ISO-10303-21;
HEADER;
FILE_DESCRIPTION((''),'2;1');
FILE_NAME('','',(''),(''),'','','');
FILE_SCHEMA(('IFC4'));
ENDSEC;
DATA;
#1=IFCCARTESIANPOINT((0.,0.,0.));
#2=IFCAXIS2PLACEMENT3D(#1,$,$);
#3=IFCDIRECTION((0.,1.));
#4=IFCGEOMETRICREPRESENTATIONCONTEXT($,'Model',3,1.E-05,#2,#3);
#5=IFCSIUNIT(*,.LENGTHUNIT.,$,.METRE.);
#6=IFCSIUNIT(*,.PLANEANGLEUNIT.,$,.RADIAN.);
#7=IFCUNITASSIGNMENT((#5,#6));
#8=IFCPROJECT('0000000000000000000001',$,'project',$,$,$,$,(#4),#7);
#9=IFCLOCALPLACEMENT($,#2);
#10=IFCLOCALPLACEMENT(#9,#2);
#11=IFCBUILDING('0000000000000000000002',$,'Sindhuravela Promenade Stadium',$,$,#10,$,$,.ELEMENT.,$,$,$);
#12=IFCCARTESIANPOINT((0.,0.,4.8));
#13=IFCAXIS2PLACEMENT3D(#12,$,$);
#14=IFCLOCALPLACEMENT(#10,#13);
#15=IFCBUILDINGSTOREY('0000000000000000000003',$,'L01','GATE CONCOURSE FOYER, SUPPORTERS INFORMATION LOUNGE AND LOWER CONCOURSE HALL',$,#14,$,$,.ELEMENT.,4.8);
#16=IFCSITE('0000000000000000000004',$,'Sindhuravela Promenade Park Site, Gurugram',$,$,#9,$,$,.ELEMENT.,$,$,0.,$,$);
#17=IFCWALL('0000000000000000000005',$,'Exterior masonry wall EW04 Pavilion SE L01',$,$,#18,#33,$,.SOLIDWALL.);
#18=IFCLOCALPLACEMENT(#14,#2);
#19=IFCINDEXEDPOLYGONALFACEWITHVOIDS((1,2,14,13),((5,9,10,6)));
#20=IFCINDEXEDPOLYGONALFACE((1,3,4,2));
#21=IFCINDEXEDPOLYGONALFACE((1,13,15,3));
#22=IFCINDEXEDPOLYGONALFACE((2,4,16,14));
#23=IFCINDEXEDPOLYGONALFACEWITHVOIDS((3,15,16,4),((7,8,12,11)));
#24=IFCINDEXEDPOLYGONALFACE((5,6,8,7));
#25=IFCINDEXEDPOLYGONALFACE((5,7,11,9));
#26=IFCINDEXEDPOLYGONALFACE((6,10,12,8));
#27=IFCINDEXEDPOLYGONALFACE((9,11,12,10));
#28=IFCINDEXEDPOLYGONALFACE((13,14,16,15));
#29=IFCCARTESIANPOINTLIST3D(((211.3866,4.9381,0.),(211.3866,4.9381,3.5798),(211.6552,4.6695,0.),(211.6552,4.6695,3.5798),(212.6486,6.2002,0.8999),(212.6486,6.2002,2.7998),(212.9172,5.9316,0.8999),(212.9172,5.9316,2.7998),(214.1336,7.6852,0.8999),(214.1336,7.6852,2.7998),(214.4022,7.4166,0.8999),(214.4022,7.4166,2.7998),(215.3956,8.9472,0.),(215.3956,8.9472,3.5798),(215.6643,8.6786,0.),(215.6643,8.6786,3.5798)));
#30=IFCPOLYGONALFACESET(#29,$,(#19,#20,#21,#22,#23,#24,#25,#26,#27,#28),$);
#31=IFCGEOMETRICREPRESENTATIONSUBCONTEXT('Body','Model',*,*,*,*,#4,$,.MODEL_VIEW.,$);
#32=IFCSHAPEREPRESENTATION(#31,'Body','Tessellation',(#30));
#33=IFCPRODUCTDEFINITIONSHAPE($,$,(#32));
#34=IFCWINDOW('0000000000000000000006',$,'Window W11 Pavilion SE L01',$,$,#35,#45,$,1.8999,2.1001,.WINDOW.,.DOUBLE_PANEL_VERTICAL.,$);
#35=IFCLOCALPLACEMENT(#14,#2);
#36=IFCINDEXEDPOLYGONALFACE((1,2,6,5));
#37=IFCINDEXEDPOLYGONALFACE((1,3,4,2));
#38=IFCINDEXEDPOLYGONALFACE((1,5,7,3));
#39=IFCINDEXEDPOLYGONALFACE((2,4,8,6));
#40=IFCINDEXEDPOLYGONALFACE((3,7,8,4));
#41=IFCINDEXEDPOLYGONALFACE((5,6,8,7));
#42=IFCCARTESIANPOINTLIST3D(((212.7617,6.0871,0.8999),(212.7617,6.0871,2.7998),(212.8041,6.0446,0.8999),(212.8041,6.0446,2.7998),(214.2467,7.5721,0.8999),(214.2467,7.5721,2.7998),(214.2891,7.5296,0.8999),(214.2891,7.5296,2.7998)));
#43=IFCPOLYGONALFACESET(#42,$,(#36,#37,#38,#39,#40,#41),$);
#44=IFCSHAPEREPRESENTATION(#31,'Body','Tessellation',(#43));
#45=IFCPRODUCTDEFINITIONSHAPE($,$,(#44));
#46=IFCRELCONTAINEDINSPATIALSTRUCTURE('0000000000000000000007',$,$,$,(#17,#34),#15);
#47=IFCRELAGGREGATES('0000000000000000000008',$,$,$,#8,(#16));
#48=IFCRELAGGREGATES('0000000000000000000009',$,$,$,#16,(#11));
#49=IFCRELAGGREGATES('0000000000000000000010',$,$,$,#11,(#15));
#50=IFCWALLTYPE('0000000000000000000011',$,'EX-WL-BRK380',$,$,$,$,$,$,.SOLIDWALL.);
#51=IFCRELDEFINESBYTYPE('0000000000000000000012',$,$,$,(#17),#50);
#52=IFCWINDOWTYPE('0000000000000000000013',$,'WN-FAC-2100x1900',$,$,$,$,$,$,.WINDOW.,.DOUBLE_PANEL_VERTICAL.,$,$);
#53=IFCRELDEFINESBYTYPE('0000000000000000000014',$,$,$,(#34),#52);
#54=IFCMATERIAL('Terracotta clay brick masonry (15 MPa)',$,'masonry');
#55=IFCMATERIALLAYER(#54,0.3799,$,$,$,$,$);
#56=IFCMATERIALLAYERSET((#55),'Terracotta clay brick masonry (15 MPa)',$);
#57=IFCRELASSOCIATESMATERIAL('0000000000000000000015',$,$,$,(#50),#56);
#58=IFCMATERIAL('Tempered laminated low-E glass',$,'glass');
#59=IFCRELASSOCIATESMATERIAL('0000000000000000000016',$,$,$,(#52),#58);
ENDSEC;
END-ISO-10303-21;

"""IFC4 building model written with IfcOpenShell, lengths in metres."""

from ifc_helpers import new_model, si_unit, direction, frame, frame_2d, origin, place, context, subcontext, project, spatial, rectangle, extrude, material, layer, layer_set, type_object, element, fill, save


model = new_model("IFC4")

# Units and contexts
model_context = context("Model", 3, precision=1e-05, world=origin(), true_north=direction((0.0, 1.0)))
body_context = subcontext(model_context, "Body", "Model", "MODEL_VIEW")
ifc_project = project(units=[si_unit("LENGTHUNIT", "METRE"), si_unit("PLANEANGLEUNIT", "RADIAN")], contexts=[model_context])

# Site, building, storey
site_placement = place(None, origin())
site = spatial("IfcSite", under=ifc_project, at=site_placement, Name="Sindhuravela Promenade Park Site, Gurugram", CompositionType="ELEMENT", RefElevation=0.0)
building_placement = place(site_placement, origin())
building = spatial("IfcBuilding", under=site, at=building_placement, Name="Sindhuravela Promenade Stadium", CompositionType="ELEMENT")
storey_placement = place(building_placement, frame((0.0, 0.0, 4.8)))
storey = spatial("IfcBuildingStorey", under=building, at=storey_placement, Name="L01", Description="GATE CONCOURSE FOYER, SUPPORTERS INFORMATION LOUNGE AND LOWER CONCOURSE HALL", CompositionType="ELEMENT", Elevation=4.8)

# Wall, opening, window
ifc_material_1 = material(Name="Terracotta clay brick masonry (15 MPa)", Category="masonry")
ifc_material_2 = material(Name="Tempered laminated low-E glass", Category="glass")
ifc_layer_1 = layer(ifc_material_1, 0.3799)
ifc_layer_set_1 = layer_set([ifc_layer_1], Name="Terracotta clay brick masonry (15 MPa)")
wall_type_1 = type_object("IfcWallType", Name="EX-WL-BRK380", PredefinedType="SOLIDWALL", material=ifc_layer_set_1)
wall_1_placement = place(storey_placement, frame((215.53, 8.813, 0.0), z_axis=(0.0, 0.0, 1.0), x_axis=(-0.707107, -0.707107, 0.0)))
wall_1 = element("IfcWall", 1, at=wall_1_placement, inside=storey, type_object=wall_type_1, Name="Exterior masonry wall EW04 Pavilion SE L01", PredefinedType="SOLIDWALL", context=body_context, shape_type="SweptSolid", body=[
    extrude(rectangle(XDim=5.6697, YDim=0.3799, at=frame_2d((2.835, 0.0))), origin(), (0.0, 0.0, 1.0), 3.5798),
])
opening_1_placement = place(wall_1_placement, frame((1.7849, 0.0, 0.8999)))
opening_1 = element("IfcOpeningElement", 2, at=opening_1_placement, cuts=wall_1, PredefinedType="OPENING", context=body_context, shape_type="SweptSolid", body=[
    extrude(rectangle(XDim=2.1001, YDim=1.8999, at=frame_2d((1.05, 0.95))), frame((0.0, 0.2, 0.0), z_axis=(0.0, -1.0, 0.0), x_axis=(1.0, 0.0, 0.0)), (0.0, 0.0, 1.0), 0.3999),
])
window_type_1 = type_object("IfcWindowType", Name="WN-FAC-2100x1900", PartitioningType="DOUBLE_PANEL_VERTICAL", PredefinedType="WINDOW", material=ifc_material_2)
window_1_placement = place(opening_1_placement, origin())
window_1 = element("IfcWindow", 3, at=window_1_placement, inside=storey, type_object=window_type_1, Name="Window W11 Pavilion SE L01", OverallHeight=1.8999, OverallWidth=2.1001, PartitioningType="DOUBLE_PANEL_VERTICAL", PredefinedType="WINDOW", context=body_context, shape_type="SweptSolid", body=[
    extrude(rectangle(XDim=2.1001, YDim=1.8999, at=frame_2d((1.05, 0.95))), frame((0.0, 0.03, 0.0), z_axis=(0.0, -1.0, 0.0), x_axis=(1.0, 0.0, 0.0)), (0.0, 0.0, 1.0), 0.0601),
])
fill(opening_1, window_1)

save(model, "model.ifc")
